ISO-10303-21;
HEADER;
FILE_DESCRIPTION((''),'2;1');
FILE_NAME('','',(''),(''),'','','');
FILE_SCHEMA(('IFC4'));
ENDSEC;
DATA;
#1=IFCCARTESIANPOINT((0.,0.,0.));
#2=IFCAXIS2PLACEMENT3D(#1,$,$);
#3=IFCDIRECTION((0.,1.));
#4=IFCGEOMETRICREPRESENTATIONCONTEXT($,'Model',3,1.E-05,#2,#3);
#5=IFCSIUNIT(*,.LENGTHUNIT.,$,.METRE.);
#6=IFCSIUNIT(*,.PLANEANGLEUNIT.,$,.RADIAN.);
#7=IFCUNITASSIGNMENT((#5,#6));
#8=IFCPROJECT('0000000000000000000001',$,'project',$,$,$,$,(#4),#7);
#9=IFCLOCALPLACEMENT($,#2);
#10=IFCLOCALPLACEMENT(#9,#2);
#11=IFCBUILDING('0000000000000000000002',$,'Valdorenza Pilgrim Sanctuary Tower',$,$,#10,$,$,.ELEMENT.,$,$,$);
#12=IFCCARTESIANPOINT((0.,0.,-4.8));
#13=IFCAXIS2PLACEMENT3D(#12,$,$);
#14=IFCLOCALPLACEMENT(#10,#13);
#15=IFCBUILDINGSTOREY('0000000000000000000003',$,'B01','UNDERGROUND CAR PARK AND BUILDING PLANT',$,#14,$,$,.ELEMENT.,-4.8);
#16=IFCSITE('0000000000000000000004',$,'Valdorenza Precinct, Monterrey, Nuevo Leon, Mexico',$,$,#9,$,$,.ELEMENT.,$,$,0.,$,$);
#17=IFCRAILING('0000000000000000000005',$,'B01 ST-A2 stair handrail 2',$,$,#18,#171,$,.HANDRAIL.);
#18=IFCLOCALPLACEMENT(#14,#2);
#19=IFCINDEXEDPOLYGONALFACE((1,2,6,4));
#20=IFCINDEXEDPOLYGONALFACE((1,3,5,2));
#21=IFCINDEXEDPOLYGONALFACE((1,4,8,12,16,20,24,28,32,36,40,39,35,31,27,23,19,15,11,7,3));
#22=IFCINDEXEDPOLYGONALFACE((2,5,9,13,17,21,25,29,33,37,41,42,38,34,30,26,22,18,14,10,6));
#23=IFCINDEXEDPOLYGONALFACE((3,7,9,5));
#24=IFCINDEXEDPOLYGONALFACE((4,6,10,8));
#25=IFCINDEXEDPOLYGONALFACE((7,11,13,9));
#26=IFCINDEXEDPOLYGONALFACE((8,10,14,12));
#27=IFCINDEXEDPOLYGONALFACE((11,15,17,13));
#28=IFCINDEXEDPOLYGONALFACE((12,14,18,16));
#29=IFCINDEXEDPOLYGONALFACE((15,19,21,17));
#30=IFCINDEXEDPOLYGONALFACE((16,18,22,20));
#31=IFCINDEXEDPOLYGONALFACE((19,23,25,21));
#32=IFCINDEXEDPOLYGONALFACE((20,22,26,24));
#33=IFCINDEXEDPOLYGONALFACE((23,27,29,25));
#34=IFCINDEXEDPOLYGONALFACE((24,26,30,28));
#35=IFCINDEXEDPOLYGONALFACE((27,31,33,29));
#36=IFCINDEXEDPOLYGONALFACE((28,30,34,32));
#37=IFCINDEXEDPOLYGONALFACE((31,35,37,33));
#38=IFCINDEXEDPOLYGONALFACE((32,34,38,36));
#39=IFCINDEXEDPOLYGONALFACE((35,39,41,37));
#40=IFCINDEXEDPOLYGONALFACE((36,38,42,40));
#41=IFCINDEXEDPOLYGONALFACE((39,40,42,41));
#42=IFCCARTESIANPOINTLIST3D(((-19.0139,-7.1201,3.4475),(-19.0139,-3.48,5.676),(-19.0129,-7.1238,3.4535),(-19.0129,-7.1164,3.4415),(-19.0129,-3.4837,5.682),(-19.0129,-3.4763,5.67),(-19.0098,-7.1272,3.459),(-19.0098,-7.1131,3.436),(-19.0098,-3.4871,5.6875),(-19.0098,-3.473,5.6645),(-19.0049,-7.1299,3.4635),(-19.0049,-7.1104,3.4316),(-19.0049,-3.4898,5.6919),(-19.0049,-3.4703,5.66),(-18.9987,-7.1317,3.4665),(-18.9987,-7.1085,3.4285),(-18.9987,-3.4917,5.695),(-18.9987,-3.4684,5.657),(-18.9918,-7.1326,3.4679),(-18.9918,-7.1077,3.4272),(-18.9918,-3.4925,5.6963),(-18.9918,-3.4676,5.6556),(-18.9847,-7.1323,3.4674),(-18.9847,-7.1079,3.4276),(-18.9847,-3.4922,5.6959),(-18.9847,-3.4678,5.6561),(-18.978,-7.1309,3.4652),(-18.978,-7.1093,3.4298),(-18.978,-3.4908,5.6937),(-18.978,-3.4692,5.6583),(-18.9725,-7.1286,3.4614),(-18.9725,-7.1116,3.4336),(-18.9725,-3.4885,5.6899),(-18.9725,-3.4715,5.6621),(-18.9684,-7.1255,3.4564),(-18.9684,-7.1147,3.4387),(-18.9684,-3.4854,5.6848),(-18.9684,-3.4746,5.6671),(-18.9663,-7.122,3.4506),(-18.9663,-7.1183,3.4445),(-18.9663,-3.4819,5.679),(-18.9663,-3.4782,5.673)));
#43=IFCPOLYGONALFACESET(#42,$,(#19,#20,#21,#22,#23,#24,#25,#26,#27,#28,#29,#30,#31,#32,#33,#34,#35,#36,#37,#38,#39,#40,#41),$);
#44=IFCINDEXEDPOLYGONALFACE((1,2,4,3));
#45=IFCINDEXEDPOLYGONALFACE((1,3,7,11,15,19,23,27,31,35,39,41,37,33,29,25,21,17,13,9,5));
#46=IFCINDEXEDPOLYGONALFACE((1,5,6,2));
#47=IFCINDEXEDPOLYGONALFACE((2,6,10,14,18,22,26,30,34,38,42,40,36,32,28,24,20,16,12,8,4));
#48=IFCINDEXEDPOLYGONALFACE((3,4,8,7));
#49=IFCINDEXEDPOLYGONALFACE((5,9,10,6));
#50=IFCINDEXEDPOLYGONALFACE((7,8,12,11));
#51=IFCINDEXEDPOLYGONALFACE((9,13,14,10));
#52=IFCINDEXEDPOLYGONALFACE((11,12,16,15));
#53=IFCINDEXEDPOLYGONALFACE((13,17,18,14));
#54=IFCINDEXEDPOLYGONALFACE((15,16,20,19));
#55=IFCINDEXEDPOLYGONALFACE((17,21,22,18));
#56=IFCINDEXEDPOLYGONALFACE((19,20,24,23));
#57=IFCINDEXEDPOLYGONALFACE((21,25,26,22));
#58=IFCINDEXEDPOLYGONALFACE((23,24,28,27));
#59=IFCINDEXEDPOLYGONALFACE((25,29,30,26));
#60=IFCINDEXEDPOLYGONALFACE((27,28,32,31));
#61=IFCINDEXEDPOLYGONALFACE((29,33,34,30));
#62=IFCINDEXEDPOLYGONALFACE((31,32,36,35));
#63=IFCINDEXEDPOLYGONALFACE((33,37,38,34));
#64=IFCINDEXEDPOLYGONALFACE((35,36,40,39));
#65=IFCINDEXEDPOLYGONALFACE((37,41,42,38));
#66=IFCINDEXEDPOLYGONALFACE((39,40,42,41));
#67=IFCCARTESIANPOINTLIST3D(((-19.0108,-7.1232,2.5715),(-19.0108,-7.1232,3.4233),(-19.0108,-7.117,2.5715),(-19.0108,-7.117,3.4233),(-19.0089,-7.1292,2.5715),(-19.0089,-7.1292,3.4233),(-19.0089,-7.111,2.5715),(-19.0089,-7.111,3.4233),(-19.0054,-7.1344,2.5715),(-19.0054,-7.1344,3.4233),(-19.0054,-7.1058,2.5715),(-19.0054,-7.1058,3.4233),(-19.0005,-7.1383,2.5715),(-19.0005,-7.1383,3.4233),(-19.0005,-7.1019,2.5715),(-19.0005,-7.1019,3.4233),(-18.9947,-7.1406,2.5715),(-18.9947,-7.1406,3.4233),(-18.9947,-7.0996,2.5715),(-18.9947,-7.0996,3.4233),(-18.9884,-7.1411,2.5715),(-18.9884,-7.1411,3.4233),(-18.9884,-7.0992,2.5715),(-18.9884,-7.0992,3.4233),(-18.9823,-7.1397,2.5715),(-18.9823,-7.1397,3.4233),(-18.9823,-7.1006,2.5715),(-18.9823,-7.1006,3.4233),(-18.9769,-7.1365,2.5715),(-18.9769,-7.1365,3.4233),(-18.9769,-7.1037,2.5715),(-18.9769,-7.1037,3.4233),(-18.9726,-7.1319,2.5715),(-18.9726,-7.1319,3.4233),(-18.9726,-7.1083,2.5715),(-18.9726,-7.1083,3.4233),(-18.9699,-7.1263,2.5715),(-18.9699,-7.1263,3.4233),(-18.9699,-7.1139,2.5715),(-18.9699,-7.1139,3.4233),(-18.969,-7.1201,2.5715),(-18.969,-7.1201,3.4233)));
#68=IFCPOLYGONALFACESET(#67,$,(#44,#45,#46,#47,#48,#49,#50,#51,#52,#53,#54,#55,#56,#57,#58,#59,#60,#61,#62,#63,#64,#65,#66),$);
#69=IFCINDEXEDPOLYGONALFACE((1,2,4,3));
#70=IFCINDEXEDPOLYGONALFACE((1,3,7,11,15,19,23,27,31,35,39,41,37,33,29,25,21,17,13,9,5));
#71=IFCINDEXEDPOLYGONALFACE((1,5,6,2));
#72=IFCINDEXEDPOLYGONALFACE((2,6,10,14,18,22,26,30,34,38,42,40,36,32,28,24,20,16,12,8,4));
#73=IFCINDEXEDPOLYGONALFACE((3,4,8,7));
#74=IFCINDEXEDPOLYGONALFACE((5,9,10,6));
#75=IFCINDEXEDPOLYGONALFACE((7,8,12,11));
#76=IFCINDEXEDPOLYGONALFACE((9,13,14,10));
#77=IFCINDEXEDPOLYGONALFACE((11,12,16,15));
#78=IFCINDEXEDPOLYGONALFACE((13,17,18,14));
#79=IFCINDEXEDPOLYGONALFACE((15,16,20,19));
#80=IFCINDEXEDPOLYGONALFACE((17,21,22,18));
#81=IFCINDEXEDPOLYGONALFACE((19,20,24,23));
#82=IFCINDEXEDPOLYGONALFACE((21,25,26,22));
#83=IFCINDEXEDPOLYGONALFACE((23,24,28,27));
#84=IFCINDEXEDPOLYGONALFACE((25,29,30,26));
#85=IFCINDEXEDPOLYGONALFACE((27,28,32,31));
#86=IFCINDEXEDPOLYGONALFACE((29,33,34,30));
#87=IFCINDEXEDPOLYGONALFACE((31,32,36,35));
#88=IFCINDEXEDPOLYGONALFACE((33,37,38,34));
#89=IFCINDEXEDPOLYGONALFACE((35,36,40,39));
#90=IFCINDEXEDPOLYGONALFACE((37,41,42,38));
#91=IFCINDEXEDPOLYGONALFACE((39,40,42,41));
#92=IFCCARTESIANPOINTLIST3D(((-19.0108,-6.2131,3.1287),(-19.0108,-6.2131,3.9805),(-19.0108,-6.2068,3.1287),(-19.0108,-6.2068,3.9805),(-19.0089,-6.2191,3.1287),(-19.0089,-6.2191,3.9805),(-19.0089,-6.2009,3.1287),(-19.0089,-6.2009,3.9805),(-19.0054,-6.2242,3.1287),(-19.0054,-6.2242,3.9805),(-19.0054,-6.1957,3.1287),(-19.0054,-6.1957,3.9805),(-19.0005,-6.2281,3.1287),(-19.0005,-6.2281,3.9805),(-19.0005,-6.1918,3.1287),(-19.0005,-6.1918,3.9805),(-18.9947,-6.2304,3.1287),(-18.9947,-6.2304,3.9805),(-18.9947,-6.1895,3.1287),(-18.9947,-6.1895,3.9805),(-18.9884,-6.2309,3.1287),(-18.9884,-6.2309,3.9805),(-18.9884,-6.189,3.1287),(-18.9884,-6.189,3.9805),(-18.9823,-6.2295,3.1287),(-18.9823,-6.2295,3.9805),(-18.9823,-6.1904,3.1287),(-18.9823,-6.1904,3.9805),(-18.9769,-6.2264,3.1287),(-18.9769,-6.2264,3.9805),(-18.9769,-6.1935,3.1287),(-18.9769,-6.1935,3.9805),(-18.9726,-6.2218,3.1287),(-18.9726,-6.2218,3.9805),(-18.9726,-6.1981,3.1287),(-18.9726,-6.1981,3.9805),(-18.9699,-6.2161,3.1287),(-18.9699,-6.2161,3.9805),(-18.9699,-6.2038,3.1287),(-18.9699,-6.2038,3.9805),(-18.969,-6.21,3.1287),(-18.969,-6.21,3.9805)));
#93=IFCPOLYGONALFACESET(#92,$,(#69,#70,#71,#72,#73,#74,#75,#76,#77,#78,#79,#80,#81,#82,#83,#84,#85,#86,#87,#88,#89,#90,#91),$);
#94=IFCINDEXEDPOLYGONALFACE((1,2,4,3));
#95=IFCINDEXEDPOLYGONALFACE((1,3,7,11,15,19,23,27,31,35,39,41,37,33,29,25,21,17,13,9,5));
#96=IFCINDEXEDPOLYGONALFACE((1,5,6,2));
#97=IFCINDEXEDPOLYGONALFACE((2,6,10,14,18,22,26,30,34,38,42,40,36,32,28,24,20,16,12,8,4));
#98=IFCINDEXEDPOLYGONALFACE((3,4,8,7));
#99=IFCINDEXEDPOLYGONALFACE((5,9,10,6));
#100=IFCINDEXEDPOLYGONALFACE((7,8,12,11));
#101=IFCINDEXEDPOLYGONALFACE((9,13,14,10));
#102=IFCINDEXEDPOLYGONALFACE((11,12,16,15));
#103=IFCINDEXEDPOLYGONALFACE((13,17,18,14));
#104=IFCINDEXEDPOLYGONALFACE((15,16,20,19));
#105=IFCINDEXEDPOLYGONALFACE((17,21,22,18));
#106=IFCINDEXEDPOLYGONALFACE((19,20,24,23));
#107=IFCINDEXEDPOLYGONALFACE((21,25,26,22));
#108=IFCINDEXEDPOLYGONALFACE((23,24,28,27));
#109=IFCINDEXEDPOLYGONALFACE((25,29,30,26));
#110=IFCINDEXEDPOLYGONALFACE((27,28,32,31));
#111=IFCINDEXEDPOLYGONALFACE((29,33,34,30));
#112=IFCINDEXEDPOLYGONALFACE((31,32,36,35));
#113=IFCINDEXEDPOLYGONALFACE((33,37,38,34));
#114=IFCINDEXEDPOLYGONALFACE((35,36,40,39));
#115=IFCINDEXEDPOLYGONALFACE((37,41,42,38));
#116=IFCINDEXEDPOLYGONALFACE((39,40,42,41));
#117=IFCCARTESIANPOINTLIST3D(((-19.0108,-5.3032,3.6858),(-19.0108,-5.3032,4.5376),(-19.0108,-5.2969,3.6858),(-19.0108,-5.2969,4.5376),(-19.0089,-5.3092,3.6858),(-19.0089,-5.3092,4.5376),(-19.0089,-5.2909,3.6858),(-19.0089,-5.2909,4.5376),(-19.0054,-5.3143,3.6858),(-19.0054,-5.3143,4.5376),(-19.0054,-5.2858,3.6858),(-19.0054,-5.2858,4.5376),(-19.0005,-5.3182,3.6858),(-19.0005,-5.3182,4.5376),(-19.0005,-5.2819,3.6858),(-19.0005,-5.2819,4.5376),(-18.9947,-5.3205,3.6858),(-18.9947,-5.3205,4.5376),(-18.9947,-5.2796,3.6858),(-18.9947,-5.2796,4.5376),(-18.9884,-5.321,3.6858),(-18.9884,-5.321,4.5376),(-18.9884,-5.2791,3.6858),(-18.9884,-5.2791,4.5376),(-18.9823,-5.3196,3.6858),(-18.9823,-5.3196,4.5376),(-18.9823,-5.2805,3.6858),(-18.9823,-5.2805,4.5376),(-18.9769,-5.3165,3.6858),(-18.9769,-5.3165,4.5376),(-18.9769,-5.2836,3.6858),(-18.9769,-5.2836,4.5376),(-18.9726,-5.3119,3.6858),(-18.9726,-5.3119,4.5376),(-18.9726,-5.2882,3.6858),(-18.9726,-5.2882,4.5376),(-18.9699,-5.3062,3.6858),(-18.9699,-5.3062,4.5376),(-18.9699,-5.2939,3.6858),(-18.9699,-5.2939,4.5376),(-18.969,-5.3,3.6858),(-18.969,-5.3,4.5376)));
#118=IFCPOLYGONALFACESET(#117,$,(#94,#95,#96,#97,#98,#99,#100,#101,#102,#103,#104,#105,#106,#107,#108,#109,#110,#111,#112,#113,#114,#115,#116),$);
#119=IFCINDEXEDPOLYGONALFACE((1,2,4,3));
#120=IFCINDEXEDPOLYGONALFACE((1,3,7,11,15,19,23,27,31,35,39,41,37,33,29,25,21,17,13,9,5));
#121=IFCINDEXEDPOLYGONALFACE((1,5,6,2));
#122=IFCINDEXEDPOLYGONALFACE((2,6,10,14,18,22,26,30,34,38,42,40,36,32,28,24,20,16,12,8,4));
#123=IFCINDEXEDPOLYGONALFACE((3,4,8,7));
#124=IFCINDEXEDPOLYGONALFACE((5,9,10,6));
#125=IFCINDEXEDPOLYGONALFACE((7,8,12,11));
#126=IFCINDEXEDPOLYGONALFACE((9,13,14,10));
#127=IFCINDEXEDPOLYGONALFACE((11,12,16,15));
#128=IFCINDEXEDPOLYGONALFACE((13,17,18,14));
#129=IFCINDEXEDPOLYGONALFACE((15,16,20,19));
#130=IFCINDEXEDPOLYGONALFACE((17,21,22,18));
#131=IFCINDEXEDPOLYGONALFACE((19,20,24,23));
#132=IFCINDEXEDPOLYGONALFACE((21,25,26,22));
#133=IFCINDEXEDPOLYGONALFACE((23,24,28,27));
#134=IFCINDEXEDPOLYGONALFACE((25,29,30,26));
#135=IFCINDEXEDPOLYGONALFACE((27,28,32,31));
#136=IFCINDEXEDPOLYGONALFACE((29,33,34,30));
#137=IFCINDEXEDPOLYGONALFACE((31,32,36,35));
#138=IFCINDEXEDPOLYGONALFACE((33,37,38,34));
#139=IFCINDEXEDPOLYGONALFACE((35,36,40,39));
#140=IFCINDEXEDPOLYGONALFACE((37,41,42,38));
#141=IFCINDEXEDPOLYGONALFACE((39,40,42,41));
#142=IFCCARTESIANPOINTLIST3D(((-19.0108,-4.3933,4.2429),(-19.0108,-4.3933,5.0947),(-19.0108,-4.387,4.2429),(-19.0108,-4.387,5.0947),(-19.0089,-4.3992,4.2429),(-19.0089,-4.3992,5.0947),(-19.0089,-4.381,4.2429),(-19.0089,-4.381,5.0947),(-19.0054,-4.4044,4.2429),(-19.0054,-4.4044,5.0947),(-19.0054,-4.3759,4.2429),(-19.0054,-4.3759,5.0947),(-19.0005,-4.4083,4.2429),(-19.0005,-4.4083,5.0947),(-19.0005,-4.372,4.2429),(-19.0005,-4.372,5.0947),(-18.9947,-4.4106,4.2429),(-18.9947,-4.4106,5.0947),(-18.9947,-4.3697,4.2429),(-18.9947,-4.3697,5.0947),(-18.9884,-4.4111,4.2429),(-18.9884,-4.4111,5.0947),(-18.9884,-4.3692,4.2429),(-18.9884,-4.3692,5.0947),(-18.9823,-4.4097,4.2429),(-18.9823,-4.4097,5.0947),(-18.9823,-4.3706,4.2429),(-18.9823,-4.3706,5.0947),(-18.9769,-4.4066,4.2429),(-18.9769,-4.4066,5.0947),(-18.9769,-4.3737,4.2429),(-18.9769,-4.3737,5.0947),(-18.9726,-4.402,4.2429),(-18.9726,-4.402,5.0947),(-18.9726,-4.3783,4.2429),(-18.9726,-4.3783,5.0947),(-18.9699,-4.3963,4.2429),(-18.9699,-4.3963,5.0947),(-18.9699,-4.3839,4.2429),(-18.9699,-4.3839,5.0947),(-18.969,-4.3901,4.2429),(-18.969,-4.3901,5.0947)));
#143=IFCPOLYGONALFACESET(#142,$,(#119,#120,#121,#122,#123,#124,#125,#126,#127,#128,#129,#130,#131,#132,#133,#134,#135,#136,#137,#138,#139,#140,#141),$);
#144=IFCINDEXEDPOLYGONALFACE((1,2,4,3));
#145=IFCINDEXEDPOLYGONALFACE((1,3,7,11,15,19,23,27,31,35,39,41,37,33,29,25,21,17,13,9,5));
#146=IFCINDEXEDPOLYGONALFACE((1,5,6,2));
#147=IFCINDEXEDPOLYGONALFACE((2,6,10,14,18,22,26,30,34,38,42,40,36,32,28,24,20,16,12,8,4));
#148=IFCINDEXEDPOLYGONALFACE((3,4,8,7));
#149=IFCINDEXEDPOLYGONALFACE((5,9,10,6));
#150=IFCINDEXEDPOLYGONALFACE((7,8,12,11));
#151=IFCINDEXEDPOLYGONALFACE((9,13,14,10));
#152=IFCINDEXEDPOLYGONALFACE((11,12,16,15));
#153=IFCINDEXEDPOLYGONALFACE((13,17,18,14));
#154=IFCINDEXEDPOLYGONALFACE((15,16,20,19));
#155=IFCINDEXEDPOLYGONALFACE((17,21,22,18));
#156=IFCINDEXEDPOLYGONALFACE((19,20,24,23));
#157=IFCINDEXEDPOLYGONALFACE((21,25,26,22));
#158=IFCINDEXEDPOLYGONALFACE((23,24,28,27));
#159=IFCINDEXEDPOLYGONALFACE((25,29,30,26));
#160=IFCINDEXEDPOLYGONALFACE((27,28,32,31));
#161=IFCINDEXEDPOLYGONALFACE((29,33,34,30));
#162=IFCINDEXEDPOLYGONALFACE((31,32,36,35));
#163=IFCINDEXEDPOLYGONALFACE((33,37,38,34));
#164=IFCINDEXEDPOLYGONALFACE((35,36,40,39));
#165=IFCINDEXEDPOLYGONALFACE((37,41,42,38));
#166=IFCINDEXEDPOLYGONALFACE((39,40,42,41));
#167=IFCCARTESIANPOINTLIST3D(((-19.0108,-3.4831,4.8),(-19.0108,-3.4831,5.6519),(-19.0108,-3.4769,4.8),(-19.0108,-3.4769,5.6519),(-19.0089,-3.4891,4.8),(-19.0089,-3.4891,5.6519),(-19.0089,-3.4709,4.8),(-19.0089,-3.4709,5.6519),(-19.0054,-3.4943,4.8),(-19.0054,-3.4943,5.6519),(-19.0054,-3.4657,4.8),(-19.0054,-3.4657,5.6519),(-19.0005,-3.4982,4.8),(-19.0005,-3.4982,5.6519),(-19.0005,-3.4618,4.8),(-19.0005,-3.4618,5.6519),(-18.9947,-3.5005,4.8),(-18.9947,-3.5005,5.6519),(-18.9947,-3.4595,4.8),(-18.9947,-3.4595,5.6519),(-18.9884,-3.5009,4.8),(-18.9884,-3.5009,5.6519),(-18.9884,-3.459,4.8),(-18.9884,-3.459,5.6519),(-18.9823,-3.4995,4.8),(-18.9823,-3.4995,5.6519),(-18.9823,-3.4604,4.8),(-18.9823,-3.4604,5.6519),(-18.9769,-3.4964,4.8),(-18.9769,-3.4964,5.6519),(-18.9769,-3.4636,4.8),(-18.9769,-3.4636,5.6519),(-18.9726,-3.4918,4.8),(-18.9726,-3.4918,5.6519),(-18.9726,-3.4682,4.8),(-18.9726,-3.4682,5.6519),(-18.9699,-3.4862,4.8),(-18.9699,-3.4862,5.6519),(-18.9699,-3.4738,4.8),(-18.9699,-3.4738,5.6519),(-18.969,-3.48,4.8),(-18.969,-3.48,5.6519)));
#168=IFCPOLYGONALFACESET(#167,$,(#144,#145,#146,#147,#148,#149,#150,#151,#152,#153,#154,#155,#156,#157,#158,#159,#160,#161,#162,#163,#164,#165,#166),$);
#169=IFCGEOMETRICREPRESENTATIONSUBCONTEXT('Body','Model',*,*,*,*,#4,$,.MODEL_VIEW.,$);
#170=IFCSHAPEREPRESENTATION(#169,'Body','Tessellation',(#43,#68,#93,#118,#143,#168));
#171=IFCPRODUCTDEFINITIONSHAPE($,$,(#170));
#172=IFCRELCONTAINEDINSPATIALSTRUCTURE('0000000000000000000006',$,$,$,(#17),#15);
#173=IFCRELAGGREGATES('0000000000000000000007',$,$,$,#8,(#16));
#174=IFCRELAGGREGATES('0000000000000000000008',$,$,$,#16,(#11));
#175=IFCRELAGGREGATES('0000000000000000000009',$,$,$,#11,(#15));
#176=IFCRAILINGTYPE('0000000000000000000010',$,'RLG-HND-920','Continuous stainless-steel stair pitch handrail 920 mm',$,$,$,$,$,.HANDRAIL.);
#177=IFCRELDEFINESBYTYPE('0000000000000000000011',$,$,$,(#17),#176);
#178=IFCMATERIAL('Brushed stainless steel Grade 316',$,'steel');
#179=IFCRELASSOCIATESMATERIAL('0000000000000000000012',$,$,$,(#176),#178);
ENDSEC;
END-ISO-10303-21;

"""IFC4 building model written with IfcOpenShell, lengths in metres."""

from ifc_helpers import new_model, si_unit, direction, frame, origin, origin_2d, place, context, subcontext, project, spatial, circle, extrude, material, type_object, element, save


model = new_model("IFC4")

# Units and contexts
model_context = context("Model", 3, precision=1e-05, world=origin(), true_north=direction((0.0, 1.0)))
body_context = subcontext(model_context, "Body", "Model", "MODEL_VIEW")
ifc_project = project(units=[si_unit("LENGTHUNIT", "METRE"), si_unit("PLANEANGLEUNIT", "RADIAN")], contexts=[model_context])

# Site, building, storey
site_placement = place(None, origin())
site = spatial("IfcSite", under=ifc_project, at=site_placement, Name="Valdorenza Precinct, Monterrey, Nuevo Leon, Mexico", CompositionType="ELEMENT", RefElevation=0.0)
building_placement = place(site_placement, origin())
building = spatial("IfcBuilding", under=site, at=building_placement, Name="Valdorenza Pilgrim Sanctuary Tower", CompositionType="ELEMENT")
storey_placement = place(building_placement, frame((0.0, 0.0, -4.8)))
storey = spatial("IfcBuildingStorey", under=building, at=storey_placement, Name="B01", Description="UNDERGROUND CAR PARK AND BUILDING PLANT", CompositionType="ELEMENT", Elevation=-4.8)

# Railing
ifc_material_1 = material(Name="Brushed stainless steel Grade 316", Category="steel")
railing_type_1 = type_object("IfcRailingType", Name="RLG-HND-920", Description="Continuous stainless-steel stair pitch handrail 920 mm", PredefinedType="HANDRAIL", material=ifc_material_1)
railing_1_placement = place(storey_placement, frame((-18.99, -7.1201, 2.5715)))
element("IfcRailing", 1, at=railing_1_placement, inside=storey, type_object=railing_type_1, Name="B01 ST-A2 stair handrail 2", PredefinedType="HANDRAIL", context=body_context, shape_type="SweptSolid", body=[
    extrude(circle(Radius=0.0239, at=origin_2d()), frame((0.0, 0.0, 0.876), z_axis=(0.0, 0.852866, 0.52213), x_axis=(-1.0, 0.0, 0.0)), (0.0, 0.0, 1.0), 4.2681),
    extrude(circle(Radius=0.021, at=origin_2d()), origin(), (0.0, 0.0, 1.0), 0.8518),
    extrude(circle(Radius=0.021, at=origin_2d()), frame((0.0, 0.9102, 0.5571)), (0.0, 0.0, 1.0), 0.8518),
    extrude(circle(Radius=0.021, at=origin_2d()), frame((0.0, 1.8201, 1.1143)), (0.0, 0.0, 1.0), 0.8518),
    extrude(circle(Radius=0.021, at=origin_2d()), frame((0.0, 2.73, 1.6714)), (0.0, 0.0, 1.0), 0.8518),
    extrude(circle(Radius=0.021, at=origin_2d()), frame((0.0, 3.6401, 2.2285)), (0.0, 0.0, 1.0), 0.8518),
])

save(model, "model.ifc")
